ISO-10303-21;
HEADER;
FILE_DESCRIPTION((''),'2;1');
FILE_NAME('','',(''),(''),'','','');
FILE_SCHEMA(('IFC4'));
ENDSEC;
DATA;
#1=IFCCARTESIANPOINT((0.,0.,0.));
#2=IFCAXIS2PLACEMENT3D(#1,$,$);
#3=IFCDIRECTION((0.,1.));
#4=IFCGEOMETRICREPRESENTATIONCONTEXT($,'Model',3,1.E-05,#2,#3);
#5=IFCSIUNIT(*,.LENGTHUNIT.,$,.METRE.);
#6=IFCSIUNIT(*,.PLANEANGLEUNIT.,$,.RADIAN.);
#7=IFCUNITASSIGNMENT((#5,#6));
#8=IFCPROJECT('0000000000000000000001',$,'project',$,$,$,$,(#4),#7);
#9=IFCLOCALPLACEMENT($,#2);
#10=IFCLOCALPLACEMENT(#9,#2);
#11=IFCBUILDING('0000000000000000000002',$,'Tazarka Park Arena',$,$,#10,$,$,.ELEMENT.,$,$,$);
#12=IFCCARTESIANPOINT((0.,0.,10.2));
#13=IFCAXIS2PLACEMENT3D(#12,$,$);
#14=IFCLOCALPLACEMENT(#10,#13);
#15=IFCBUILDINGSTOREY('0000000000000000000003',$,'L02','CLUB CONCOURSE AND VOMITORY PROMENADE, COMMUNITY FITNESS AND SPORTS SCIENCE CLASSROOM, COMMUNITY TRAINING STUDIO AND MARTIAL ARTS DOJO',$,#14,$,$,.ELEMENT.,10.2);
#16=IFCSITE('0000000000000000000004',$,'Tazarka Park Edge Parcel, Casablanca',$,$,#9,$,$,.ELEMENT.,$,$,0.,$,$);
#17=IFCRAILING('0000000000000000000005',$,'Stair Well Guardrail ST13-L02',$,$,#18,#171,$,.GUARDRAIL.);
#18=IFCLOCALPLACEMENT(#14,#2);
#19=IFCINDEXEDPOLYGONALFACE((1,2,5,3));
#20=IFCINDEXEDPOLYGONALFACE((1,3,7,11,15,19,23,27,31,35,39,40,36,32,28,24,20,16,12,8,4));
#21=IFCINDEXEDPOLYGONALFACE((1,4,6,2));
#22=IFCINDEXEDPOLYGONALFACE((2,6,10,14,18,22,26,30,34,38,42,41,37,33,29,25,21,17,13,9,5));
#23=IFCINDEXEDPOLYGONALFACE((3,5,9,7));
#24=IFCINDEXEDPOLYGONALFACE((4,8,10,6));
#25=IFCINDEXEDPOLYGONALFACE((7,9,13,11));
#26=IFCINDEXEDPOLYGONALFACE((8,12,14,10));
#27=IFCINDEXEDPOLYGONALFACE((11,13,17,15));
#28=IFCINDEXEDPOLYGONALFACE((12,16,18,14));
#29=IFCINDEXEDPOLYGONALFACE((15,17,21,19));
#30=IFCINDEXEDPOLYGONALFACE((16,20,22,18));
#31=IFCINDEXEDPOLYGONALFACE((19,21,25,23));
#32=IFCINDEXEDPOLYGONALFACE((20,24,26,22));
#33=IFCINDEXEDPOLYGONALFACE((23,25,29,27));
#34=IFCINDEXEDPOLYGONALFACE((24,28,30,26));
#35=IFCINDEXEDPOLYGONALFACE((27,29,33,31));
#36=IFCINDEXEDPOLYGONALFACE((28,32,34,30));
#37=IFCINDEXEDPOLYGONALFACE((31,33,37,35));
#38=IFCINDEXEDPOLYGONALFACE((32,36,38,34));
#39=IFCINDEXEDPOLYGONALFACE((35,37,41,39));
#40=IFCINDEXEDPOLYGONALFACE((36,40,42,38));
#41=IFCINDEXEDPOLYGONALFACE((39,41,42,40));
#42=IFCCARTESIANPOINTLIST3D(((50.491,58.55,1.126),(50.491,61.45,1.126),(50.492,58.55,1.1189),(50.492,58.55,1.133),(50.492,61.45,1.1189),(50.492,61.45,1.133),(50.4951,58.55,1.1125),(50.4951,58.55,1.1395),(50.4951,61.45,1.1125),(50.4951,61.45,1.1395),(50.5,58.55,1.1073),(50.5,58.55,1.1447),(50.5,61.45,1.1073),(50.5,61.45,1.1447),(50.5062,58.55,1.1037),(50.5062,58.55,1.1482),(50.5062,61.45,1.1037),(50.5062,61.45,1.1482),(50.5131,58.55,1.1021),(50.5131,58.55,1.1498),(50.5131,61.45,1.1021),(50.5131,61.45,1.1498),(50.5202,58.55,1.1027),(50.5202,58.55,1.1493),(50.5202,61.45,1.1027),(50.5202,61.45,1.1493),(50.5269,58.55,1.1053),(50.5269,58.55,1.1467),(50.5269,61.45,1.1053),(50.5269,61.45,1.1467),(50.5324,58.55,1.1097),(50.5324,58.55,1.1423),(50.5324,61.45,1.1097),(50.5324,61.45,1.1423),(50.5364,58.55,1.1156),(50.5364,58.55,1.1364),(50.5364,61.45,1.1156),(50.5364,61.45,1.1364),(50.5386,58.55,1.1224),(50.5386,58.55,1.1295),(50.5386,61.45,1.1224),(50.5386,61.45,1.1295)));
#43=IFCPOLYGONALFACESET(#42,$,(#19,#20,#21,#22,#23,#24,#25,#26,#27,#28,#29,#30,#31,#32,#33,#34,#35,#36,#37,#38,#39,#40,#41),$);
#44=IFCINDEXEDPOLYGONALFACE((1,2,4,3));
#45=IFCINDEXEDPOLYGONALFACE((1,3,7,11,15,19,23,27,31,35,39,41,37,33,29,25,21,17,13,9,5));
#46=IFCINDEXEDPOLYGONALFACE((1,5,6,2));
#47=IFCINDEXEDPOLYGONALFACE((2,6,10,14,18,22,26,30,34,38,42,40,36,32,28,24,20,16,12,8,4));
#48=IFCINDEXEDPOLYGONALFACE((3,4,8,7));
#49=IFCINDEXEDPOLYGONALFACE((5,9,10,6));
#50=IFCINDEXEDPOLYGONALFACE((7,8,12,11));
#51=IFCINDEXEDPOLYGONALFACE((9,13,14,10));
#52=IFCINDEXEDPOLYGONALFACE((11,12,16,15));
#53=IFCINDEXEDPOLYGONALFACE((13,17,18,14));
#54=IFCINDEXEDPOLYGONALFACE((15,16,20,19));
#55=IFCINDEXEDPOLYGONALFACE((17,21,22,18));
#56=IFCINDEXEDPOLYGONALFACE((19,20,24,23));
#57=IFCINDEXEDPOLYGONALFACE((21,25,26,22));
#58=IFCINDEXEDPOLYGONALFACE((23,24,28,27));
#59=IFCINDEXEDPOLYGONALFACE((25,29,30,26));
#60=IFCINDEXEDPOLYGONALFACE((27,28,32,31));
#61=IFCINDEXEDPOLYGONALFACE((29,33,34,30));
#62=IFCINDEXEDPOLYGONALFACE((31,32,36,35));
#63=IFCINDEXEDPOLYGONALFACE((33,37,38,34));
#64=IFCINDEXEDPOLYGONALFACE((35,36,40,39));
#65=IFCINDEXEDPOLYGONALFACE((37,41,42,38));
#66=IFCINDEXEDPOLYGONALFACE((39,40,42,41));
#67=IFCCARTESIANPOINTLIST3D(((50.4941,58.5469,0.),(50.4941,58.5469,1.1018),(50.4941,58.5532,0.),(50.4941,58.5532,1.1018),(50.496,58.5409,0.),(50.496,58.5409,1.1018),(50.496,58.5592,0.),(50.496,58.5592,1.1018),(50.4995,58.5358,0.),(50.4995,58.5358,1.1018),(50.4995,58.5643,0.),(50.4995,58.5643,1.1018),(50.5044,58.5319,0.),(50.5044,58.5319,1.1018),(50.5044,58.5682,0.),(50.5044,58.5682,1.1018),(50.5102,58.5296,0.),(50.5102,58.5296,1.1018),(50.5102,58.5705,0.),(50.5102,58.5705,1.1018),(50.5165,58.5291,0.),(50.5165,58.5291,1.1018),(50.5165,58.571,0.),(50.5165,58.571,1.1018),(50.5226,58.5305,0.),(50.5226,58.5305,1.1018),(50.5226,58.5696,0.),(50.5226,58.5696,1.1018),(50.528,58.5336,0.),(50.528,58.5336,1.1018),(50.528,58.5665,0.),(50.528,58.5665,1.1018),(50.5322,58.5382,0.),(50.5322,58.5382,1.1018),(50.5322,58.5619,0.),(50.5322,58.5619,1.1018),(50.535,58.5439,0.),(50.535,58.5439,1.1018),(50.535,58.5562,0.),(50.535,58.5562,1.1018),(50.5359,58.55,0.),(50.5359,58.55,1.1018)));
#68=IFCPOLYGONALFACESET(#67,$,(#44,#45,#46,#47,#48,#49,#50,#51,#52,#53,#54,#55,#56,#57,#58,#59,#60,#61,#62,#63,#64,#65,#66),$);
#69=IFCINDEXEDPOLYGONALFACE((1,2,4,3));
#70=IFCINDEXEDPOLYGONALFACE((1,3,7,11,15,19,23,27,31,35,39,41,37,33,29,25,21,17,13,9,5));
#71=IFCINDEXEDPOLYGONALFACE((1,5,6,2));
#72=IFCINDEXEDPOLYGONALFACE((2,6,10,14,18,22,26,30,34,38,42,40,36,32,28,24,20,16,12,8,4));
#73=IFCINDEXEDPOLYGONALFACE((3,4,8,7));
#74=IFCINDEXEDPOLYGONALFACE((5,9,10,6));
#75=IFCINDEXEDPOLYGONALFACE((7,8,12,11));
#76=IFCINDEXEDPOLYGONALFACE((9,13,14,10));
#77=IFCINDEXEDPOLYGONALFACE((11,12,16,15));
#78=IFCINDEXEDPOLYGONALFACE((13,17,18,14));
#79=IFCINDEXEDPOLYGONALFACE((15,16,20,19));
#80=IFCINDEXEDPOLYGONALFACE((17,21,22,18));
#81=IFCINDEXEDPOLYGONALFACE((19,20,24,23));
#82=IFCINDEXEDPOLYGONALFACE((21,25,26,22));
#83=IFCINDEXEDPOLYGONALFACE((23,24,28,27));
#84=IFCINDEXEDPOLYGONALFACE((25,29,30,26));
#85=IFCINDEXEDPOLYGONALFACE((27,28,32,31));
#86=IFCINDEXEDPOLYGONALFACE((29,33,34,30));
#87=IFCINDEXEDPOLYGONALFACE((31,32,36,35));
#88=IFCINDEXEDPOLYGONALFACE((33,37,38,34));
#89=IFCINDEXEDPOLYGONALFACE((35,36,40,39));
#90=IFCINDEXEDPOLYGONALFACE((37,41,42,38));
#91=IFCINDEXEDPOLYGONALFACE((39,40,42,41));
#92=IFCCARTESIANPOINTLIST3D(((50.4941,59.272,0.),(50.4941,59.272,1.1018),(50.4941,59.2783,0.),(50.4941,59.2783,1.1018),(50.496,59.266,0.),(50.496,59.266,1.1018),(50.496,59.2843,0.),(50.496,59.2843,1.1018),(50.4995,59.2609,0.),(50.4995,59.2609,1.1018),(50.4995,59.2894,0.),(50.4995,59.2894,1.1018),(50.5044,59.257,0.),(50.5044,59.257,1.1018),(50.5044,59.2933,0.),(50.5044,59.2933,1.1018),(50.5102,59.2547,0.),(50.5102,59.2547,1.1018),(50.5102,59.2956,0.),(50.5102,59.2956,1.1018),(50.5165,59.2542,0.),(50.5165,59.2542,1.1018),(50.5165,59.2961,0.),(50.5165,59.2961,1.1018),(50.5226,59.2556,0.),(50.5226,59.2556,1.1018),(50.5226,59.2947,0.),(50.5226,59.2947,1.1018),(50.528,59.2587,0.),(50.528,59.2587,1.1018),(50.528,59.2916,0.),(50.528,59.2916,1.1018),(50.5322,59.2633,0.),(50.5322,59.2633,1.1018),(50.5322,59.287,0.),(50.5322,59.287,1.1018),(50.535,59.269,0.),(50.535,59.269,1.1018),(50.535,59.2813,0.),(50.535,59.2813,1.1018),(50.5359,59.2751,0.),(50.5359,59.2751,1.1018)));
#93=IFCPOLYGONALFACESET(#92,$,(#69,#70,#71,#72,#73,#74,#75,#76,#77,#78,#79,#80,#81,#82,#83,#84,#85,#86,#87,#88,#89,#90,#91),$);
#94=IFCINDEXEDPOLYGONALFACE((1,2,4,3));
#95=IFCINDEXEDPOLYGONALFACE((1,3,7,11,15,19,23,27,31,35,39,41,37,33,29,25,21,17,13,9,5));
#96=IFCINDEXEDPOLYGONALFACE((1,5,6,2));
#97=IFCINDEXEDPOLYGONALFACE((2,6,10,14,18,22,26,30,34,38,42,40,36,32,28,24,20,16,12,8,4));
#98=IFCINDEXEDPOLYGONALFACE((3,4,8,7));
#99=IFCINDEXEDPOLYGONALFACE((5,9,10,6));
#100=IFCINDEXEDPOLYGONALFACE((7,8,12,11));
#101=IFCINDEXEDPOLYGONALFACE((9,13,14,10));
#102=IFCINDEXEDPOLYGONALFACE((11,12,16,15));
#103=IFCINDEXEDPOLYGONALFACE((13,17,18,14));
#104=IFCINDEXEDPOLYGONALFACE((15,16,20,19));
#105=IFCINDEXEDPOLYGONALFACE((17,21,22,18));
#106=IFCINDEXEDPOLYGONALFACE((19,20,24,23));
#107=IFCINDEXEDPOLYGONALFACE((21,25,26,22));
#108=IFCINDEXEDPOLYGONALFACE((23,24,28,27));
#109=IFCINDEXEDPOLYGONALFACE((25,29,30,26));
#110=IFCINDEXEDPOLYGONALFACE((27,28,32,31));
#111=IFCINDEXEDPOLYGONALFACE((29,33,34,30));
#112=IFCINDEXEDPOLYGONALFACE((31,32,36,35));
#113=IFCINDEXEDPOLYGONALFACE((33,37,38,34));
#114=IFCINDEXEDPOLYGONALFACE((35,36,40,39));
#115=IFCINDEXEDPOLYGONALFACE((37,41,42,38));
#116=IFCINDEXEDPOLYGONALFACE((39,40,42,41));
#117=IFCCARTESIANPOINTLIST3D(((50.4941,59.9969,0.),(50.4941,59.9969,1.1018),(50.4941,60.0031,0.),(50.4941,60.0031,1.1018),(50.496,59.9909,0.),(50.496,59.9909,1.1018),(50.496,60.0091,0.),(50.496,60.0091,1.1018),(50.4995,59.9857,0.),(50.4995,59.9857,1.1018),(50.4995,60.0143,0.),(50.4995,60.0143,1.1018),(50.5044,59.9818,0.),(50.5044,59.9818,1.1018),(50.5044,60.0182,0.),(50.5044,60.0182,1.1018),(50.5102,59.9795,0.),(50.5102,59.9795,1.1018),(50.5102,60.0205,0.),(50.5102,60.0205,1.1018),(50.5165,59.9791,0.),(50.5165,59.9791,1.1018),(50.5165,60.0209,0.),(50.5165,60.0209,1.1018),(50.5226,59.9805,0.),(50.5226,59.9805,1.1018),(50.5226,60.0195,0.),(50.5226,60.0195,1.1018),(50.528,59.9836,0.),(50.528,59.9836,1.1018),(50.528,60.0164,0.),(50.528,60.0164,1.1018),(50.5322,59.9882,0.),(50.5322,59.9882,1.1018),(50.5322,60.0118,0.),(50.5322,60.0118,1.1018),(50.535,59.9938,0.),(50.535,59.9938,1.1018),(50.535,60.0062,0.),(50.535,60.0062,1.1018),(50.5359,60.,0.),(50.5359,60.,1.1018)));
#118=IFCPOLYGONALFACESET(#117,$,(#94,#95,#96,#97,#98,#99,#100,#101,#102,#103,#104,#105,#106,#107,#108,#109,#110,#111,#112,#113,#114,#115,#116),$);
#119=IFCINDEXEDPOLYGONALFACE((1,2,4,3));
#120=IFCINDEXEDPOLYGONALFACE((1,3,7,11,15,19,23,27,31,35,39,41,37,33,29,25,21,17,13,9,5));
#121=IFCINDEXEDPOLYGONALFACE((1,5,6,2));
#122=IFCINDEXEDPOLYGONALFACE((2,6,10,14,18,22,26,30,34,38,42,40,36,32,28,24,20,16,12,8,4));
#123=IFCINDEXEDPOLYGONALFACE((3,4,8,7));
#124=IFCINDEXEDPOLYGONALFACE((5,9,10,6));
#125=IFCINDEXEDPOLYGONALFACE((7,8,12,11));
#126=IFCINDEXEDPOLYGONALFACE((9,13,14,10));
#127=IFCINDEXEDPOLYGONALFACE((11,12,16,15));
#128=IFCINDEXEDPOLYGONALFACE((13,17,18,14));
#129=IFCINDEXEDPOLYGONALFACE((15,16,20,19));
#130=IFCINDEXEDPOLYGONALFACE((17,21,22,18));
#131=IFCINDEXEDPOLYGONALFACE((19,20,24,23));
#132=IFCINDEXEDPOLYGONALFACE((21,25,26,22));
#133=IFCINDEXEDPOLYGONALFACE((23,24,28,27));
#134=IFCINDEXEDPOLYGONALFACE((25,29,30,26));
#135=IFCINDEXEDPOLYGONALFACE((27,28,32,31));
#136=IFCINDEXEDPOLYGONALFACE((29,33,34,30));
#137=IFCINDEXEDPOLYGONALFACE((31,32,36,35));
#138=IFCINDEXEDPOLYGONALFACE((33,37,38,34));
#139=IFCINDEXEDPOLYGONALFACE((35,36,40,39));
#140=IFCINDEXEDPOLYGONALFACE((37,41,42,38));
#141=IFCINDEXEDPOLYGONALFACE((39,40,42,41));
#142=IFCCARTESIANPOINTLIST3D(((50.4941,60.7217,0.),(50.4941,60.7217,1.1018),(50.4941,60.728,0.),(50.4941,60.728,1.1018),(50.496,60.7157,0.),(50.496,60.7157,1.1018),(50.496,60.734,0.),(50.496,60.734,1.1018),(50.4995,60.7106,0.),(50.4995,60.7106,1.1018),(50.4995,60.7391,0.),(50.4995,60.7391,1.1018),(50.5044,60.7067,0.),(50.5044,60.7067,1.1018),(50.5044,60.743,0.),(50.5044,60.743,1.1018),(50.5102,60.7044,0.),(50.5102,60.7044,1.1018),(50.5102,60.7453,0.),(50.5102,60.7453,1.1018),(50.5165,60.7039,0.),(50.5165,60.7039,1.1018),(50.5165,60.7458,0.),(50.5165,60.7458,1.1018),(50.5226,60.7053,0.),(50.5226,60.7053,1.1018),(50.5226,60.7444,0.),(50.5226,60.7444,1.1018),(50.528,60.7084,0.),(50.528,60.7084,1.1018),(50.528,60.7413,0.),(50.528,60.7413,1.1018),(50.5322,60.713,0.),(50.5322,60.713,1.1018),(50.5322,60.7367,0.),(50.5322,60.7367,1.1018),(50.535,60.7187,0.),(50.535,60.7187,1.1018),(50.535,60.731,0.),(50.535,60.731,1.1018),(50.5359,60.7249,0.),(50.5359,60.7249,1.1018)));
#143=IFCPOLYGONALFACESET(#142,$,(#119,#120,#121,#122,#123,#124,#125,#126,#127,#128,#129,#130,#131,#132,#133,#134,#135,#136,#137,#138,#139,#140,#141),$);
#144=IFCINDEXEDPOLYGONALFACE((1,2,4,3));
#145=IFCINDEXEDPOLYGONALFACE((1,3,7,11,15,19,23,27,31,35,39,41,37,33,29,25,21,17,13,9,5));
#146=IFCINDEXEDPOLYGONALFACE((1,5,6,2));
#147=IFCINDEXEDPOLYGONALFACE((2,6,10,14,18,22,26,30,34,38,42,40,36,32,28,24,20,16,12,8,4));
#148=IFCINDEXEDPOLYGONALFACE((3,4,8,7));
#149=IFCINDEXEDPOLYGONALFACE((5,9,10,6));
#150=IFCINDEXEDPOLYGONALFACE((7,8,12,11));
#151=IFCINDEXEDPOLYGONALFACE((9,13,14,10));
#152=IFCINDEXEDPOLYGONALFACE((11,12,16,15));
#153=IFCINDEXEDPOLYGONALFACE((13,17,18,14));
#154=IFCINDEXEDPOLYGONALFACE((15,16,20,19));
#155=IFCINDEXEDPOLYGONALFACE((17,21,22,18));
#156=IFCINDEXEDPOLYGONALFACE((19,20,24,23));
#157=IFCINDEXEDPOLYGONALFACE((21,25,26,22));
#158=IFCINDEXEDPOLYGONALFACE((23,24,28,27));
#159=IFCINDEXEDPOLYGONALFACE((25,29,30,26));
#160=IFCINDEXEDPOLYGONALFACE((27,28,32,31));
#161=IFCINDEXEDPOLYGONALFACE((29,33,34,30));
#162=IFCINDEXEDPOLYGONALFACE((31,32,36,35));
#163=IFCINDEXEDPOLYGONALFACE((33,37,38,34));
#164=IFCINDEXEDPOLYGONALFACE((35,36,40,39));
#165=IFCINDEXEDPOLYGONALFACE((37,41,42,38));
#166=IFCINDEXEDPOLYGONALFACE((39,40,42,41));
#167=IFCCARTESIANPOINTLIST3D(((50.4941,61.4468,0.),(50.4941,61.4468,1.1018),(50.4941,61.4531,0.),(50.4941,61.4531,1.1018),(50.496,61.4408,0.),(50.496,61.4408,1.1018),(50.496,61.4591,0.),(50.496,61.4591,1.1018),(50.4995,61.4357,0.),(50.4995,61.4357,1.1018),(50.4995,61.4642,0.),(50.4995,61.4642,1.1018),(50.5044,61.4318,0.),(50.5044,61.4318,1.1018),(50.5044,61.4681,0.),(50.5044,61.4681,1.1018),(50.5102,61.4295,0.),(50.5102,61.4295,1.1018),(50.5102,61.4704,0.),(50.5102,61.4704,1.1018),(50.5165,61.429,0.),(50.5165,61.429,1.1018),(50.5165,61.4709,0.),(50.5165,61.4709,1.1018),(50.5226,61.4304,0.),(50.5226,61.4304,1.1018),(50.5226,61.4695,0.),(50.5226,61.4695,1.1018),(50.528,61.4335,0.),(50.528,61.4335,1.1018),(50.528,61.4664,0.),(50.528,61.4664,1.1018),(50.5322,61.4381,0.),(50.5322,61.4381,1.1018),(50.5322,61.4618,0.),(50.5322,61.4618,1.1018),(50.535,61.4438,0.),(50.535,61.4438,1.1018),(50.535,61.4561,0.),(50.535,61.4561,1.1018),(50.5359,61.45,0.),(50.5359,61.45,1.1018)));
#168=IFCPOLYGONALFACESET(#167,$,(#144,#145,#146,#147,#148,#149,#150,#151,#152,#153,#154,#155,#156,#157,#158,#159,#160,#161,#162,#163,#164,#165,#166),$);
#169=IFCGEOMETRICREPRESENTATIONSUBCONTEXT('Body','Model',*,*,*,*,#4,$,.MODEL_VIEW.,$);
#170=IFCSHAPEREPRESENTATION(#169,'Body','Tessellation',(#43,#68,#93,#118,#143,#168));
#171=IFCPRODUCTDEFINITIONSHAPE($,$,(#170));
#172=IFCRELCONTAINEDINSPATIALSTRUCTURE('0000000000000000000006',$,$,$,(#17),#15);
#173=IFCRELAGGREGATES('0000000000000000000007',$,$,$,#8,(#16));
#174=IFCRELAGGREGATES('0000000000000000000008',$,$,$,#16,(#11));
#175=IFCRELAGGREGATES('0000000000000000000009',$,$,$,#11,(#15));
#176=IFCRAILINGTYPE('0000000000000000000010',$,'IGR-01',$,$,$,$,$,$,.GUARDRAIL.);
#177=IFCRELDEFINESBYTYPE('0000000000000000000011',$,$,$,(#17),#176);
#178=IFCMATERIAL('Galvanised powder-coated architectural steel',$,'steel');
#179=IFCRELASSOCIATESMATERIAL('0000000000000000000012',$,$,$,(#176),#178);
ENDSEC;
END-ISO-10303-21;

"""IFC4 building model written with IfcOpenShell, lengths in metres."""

from ifc_helpers import new_model, si_unit, direction, frame, origin, origin_2d, place, context, subcontext, project, spatial, circle, extrude, material, type_object, element, save


model = new_model("IFC4")

# Units and contexts
model_context = context("Model", 3, precision=1e-05, world=origin(), true_north=direction((0.0, 1.0)))
body_context = subcontext(model_context, "Body", "Model", "MODEL_VIEW")
ifc_project = project(units=[si_unit("LENGTHUNIT", "METRE"), si_unit("PLANEANGLEUNIT", "RADIAN")], contexts=[model_context])

# Site, building, storey
site_placement = place(None, origin())
site = spatial("IfcSite", under=ifc_project, at=site_placement, Name="Tazarka Park Edge Parcel, Casablanca", CompositionType="ELEMENT", RefElevation=0.0)
building_placement = place(site_placement, origin())
building = spatial("IfcBuilding", under=site, at=building_placement, Name="Tazarka Park Arena", CompositionType="ELEMENT")
storey_placement = place(building_placement, frame((0.0, 0.0, 10.2)))
storey = spatial("IfcBuildingStorey", under=building, at=storey_placement, Name="L02", Description="CLUB CONCOURSE AND VOMITORY PROMENADE, COMMUNITY FITNESS AND SPORTS SCIENCE CLASSROOM, COMMUNITY TRAINING STUDIO AND MARTIAL ARTS DOJO", CompositionType="ELEMENT", Elevation=10.2)

# Railing
ifc_material_1 = material(Name="Galvanised powder-coated architectural steel", Category="steel")
railing_type_1 = type_object("IfcRailingType", Name="IGR-01", PredefinedType="GUARDRAIL", material=ifc_material_1)
for number, where, name in (
    (1, (50.5149, 58.55, 0.0), "Stair Well Guardrail ST13-L02"),
):
    element("IfcRailing", number, at=place(storey_placement, frame(where)), inside=storey, type_object=railing_type_1, Name=name, PredefinedType="GUARDRAIL", context=body_context, shape_type="SweptSolid", body=[
        extrude(circle(Radius=0.0239, at=origin_2d()), frame((0.0, 0.0, 1.126), z_axis=(0.0, 1.0, 0.0), x_axis=(-1.0, 0.0, 0.0)), (0.0, 0.0, 1.0), 2.8999),
        extrude(circle(Radius=0.021, at=origin_2d()), origin(), (0.0, 0.0, 1.0), 1.1018),
        extrude(circle(Radius=0.021, at=origin_2d()), frame((0.0, 0.7251, 0.0)), (0.0, 0.0, 1.0), 1.1018),
        extrude(circle(Radius=0.021, at=origin_2d()), frame((0.0, 1.45, 0.0)), (0.0, 0.0, 1.0), 1.1018),
        extrude(circle(Radius=0.021, at=origin_2d()), frame((0.0, 2.1748, 0.0)), (0.0, 0.0, 1.0), 1.1018),
        extrude(circle(Radius=0.021, at=origin_2d()), frame((0.0, 2.8999, 0.0)), (0.0, 0.0, 1.0), 1.1018),
    ])

save(model, "model.ifc")
